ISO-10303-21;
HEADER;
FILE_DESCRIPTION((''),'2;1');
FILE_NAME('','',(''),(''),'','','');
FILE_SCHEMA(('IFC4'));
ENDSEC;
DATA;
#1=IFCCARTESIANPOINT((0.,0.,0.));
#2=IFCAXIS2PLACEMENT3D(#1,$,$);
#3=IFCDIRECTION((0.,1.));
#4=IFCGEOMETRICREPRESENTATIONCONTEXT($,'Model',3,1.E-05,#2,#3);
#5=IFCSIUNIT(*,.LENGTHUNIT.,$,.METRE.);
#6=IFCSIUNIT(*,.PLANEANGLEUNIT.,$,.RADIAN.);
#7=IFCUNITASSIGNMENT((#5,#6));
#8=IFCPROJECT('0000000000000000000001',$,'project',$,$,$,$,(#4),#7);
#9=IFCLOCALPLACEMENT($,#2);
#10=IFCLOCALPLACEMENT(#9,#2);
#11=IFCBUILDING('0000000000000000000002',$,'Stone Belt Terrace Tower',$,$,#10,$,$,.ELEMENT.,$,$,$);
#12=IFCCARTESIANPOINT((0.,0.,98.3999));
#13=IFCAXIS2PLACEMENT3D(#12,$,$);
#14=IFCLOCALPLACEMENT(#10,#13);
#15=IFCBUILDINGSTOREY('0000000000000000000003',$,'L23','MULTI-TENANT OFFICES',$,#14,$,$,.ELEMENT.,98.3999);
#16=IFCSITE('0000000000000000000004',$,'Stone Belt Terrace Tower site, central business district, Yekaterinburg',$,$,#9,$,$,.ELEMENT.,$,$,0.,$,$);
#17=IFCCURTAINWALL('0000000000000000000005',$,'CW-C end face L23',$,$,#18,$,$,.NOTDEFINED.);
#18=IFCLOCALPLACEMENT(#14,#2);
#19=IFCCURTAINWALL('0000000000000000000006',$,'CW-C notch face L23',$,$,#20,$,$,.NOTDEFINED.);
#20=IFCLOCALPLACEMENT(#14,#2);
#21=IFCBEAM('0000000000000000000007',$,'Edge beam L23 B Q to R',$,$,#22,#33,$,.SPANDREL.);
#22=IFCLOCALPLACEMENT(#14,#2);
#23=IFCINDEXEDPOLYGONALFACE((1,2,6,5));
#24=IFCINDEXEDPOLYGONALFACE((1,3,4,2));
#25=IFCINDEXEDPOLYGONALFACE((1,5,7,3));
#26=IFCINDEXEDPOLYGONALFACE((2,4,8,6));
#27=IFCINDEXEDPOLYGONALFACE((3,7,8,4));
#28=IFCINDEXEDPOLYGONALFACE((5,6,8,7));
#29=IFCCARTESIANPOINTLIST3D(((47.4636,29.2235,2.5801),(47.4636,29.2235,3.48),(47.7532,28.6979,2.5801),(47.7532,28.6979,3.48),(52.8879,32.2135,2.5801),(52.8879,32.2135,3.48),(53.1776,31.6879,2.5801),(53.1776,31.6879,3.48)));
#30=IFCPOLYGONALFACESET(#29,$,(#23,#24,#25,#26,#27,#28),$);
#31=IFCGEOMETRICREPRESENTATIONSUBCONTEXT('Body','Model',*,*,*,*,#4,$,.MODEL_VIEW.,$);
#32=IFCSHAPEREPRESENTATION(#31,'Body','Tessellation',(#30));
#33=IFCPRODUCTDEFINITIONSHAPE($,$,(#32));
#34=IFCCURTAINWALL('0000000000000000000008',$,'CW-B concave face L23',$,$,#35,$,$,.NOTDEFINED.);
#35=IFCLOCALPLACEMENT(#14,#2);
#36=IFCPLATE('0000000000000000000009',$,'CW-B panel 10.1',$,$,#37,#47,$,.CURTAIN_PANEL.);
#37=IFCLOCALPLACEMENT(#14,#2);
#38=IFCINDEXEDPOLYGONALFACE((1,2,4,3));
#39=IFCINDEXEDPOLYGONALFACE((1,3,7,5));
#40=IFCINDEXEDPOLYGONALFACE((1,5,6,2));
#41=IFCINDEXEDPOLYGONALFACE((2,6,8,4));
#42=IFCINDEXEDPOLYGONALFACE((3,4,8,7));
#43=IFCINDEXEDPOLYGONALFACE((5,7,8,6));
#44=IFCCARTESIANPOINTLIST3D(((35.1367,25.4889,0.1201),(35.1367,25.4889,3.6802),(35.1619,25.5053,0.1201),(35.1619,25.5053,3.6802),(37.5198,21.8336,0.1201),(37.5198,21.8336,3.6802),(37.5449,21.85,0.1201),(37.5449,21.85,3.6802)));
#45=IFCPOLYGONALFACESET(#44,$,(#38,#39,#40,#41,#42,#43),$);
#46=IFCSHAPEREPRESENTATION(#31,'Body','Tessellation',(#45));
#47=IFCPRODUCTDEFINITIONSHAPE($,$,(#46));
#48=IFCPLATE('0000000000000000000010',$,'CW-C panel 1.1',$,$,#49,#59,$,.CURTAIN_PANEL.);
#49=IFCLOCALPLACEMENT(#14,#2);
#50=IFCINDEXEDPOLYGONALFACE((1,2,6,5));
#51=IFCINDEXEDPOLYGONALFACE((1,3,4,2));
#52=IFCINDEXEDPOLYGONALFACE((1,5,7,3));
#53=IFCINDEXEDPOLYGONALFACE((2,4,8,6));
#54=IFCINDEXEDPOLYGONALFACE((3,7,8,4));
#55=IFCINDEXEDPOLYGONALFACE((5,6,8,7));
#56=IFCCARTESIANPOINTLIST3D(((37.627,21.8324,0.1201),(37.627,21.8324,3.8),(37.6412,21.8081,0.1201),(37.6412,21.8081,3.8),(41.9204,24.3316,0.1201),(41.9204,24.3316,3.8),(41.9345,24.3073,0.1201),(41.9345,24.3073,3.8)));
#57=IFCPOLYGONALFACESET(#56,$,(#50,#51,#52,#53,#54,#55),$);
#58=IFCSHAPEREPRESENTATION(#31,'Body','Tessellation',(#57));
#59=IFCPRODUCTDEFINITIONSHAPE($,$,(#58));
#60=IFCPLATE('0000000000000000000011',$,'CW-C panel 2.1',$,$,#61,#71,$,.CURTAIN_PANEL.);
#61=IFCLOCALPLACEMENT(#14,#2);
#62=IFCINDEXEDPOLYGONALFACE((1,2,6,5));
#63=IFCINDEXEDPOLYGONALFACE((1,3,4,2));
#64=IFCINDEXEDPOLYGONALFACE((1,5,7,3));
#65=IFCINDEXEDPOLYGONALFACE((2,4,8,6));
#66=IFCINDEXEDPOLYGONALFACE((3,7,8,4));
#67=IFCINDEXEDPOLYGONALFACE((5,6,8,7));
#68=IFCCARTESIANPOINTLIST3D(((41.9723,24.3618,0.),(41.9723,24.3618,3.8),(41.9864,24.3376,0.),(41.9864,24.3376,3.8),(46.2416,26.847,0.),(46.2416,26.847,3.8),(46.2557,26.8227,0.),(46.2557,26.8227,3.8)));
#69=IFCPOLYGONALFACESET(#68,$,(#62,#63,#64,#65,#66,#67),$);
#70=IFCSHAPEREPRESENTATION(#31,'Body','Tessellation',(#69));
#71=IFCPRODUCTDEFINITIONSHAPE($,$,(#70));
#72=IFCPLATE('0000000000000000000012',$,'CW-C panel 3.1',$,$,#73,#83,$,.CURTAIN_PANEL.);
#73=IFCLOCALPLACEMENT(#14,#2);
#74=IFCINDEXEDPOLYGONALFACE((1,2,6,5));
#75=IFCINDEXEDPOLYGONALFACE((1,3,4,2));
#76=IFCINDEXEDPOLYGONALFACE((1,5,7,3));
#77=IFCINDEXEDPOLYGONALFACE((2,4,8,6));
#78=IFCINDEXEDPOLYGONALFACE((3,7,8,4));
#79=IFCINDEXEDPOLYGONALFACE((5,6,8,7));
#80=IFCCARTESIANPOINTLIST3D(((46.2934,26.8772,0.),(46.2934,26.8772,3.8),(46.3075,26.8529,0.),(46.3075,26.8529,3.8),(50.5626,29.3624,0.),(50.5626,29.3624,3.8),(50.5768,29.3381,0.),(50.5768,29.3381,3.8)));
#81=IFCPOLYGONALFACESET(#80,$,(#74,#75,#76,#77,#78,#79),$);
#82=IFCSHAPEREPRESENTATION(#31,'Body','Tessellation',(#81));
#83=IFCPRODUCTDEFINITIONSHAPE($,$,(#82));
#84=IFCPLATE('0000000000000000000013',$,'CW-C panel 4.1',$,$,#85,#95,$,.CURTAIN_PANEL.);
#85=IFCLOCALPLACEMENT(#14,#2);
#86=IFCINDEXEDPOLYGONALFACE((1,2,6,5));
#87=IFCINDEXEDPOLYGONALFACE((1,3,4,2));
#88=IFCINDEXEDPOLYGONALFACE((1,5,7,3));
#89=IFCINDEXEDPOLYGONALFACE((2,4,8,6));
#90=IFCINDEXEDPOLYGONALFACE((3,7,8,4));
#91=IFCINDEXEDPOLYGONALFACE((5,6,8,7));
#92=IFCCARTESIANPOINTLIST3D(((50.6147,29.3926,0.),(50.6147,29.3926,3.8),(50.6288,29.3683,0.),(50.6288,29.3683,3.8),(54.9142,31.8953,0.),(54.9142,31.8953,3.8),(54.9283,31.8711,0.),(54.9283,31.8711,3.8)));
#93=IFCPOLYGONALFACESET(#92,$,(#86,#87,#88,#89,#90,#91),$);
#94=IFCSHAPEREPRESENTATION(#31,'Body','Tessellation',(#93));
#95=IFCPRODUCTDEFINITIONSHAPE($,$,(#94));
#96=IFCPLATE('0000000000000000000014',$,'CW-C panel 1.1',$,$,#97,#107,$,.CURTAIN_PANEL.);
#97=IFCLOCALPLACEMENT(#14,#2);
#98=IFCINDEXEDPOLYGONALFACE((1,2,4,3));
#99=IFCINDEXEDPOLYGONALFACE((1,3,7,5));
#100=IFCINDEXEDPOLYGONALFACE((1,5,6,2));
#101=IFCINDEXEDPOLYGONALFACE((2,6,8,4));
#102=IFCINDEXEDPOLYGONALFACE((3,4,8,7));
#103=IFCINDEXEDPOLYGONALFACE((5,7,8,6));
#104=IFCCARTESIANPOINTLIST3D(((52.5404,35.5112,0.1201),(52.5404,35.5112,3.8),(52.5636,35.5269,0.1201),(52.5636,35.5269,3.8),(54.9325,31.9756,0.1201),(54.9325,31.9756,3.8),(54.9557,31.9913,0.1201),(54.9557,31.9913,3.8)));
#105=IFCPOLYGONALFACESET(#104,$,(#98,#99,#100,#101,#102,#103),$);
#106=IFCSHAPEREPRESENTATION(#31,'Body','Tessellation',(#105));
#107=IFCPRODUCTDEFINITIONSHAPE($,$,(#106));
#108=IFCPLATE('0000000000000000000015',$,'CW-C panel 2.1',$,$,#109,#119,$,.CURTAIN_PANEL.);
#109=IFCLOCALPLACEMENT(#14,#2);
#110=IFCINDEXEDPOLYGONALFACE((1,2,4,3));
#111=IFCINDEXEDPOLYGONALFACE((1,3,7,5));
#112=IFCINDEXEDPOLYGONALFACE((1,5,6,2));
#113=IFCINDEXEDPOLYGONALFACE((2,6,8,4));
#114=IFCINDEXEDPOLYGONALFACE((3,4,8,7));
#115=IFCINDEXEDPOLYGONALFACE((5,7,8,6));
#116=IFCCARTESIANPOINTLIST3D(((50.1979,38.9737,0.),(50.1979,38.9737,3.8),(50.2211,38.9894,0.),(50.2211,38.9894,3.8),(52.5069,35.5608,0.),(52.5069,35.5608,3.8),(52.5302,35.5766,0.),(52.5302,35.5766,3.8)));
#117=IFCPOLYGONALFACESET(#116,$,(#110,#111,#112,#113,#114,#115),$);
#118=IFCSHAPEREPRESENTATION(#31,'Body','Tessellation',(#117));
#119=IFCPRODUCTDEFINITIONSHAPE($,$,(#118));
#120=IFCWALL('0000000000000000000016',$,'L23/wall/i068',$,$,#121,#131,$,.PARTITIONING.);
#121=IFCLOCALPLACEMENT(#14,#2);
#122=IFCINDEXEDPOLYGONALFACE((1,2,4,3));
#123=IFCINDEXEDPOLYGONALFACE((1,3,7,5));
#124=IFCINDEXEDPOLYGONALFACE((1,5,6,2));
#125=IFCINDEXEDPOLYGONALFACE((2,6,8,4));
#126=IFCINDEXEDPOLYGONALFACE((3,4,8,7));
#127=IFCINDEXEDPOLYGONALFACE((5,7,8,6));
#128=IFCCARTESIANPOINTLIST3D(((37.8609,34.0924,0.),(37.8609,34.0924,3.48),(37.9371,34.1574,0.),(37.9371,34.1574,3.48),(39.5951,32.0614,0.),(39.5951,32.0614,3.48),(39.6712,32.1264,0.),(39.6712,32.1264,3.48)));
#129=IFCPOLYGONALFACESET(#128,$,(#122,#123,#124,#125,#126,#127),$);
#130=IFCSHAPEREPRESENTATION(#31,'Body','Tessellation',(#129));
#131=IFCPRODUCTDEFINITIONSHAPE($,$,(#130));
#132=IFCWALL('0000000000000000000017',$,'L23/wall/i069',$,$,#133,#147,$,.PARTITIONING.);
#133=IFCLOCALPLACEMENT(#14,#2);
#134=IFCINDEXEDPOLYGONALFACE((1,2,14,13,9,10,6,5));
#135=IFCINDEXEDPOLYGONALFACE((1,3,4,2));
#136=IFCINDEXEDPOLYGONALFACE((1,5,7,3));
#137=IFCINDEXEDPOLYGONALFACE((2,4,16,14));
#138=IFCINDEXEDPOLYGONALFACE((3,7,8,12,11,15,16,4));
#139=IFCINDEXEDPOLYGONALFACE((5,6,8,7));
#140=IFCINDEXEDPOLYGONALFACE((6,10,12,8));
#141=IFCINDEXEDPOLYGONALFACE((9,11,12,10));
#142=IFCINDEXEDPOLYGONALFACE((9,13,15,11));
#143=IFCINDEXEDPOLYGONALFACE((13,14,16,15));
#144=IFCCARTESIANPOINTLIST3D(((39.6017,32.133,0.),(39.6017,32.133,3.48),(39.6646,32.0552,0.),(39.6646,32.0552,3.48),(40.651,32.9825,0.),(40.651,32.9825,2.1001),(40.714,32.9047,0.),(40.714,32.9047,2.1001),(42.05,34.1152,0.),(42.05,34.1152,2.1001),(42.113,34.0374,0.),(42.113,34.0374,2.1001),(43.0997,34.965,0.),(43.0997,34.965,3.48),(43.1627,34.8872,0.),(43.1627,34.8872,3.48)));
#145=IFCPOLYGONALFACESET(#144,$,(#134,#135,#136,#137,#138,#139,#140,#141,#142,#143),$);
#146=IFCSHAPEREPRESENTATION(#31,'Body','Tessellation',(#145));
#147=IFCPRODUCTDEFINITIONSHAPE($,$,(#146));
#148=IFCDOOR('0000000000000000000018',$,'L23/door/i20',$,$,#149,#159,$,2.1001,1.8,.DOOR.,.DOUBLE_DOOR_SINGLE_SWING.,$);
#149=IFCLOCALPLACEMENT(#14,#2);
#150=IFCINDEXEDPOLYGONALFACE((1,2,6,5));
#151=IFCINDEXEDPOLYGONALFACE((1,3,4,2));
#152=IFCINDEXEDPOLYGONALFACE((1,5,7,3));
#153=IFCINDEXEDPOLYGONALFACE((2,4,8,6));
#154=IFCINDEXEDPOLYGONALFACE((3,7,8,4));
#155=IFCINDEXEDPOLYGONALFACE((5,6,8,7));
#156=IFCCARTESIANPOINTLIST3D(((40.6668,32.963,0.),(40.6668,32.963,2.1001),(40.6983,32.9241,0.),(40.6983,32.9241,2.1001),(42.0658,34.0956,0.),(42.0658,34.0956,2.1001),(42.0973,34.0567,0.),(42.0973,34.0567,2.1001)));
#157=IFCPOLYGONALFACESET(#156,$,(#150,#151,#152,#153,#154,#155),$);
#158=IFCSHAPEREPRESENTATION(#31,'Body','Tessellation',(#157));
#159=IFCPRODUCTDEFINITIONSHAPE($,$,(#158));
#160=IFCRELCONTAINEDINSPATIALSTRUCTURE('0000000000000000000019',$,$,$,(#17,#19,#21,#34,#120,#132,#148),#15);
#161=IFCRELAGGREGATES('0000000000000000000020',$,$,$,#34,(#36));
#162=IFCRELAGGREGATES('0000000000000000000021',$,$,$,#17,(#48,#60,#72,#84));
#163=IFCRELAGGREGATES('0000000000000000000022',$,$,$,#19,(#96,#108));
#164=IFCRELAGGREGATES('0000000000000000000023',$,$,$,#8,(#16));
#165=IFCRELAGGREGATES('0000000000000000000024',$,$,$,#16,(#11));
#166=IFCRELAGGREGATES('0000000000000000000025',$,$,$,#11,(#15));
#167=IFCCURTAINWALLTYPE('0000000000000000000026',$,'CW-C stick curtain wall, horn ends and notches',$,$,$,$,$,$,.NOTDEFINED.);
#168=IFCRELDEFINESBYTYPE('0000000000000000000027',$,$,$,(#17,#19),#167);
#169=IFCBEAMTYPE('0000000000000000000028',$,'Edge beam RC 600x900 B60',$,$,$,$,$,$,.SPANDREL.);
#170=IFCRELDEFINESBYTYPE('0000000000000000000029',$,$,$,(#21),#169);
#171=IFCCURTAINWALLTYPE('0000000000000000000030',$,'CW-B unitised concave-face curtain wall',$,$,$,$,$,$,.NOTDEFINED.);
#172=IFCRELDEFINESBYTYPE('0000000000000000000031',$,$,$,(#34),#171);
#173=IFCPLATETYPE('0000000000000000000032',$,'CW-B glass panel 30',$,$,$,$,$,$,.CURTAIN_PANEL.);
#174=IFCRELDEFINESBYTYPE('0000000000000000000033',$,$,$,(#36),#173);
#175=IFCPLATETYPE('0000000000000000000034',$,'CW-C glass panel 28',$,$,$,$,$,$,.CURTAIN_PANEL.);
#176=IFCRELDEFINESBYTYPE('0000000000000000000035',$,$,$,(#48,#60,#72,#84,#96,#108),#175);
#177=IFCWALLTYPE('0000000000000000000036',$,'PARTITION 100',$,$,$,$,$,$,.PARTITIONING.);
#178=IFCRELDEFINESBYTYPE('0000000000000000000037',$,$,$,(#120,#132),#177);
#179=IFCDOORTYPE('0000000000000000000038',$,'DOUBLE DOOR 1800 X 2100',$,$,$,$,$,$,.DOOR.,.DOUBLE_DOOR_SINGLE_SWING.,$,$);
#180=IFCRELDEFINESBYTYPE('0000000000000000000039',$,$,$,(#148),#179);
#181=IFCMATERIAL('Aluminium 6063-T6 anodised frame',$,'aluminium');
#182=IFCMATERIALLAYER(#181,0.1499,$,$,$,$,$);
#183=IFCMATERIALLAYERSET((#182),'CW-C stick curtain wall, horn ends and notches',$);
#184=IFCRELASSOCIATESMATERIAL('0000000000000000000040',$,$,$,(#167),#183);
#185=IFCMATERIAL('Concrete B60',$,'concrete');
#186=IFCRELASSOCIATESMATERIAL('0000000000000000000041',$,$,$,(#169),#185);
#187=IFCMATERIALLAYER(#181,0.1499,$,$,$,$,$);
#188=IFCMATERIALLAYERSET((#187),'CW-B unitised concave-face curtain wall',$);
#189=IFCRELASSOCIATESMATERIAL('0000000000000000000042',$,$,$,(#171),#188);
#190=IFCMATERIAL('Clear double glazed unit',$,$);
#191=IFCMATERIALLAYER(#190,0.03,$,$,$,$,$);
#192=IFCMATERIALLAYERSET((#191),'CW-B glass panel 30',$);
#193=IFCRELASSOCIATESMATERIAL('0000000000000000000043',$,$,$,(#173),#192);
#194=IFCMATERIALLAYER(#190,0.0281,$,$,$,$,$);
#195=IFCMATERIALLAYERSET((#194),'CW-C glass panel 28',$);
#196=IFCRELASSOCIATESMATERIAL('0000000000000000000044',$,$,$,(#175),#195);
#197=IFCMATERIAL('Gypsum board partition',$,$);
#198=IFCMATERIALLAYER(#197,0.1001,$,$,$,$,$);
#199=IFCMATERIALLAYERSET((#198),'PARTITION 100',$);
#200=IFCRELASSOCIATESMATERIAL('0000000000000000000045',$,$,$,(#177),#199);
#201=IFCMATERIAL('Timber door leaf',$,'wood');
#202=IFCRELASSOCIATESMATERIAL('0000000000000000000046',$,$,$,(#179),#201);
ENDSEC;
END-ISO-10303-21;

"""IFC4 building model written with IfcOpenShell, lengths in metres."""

from ifc_helpers import new_model, si_unit, direction, frame, frame_2d, origin, origin_2d, place, context, subcontext, project, spatial, rectangle, extrude, material, layer, layer_set, material_profile, profile_set, type_object, element, fill, aggregate, save


model = new_model("IFC4")

# Units and contexts
model_context = context("Model", 3, precision=1e-05, world=origin(), true_north=direction((0.0, 1.0)))
body_context = subcontext(model_context, "Body", "Model", "MODEL_VIEW")
ifc_project = project(units=[si_unit("LENGTHUNIT", "METRE"), si_unit("PLANEANGLEUNIT", "RADIAN")], contexts=[model_context])

# Site, building, storey
site_placement = place(None, origin())
site = spatial("IfcSite", under=ifc_project, at=site_placement, Name="Stone Belt Terrace Tower site, central business district, Yekaterinburg", CompositionType="ELEMENT", RefElevation=0.0)
building_placement = place(site_placement, origin())
building = spatial("IfcBuilding", under=site, at=building_placement, Name="Stone Belt Terrace Tower", CompositionType="ELEMENT")
storey_placement = place(building_placement, frame((0.0, 0.0, 98.3999)))
storey = spatial("IfcBuildingStorey", under=building, at=storey_placement, Name="L23", Description="MULTI-TENANT OFFICES", CompositionType="ELEMENT", Elevation=98.3999)

# Curtain walls
ifc_material_1 = material(Name="Aluminium 6063-T6 anodised frame", Category="aluminium")
ifc_layer_1 = layer(ifc_material_1, 0.1499)
ifc_layer_set_1 = layer_set([ifc_layer_1], Name="CW-C stick curtain wall, horn ends and notches")
curtain_wall_type_1 = type_object("IfcCurtainWallType", Name="CW-C stick curtain wall, horn ends and notches", PredefinedType="NOTDEFINED", material=ifc_layer_set_1)
curtain_wall_1_placement = place(storey_placement, origin())
curtain_wall_1 = element("IfcCurtainWall", 1, at=curtain_wall_1_placement, inside=storey, type_object=curtain_wall_type_1, Name="CW-C end face L23", PredefinedType="NOTDEFINED")
curtain_wall_2_placement = place(storey_placement, origin())
curtain_wall_2 = element("IfcCurtainWall", 2, at=curtain_wall_2_placement, inside=storey, type_object=curtain_wall_type_1, Name="CW-C notch face L23", PredefinedType="NOTDEFINED")

# Beam
ifc_material_2 = material(Name="Concrete B60", Category="concrete")
ifc_material_profile_1 = material_profile(ifc_material_2, rectangle(XDim=0.6001, YDim=0.8999, at=origin_2d()), Name="RC 600x900")
ifc_profile_set_1 = profile_set([ifc_material_profile_1], Name="Concrete B60")
beam_type = type_object("IfcBeamType", Name="Edge beam RC 600x900 B60", PredefinedType="SPANDREL", material=ifc_profile_set_1)
beam_1_placement = place(storey_placement, frame((47.6084, 28.9607, 3.03), z_axis=(0.875764, 0.482739, 0.0), x_axis=(-0.482739, 0.875764, 0.0)))
element("IfcBeam", 3, at=beam_1_placement, inside=storey, type_object=beam_type, Name="Edge beam L23 B Q to R", PredefinedType="SPANDREL", context=body_context, shape_type="SweptSolid", body=[
    extrude(rectangle(XDim=0.6001, YDim=0.8999, at=origin_2d()), origin(), (0.0, 0.0, 1.0), 6.1938),
])

# Curtain wall, plate
ifc_layer_2 = layer(ifc_material_1, 0.1499)
ifc_layer_set_2 = layer_set([ifc_layer_2], Name="CW-B unitised concave-face curtain wall")
curtain_wall_type_2 = type_object("IfcCurtainWallType", Name="CW-B unitised concave-face curtain wall", PredefinedType="NOTDEFINED", material=ifc_layer_set_2)
curtain_wall_3_placement = place(storey_placement, origin())
curtain_wall_3 = element("IfcCurtainWall", 4, at=curtain_wall_3_placement, inside=storey, type_object=curtain_wall_type_2, Name="CW-B concave face L23", PredefinedType="NOTDEFINED")
ifc_material_3 = material(Name="Clear double glazed unit")
ifc_layer_3 = layer(ifc_material_3, 0.03)
ifc_layer_set_3 = layer_set([ifc_layer_3], Name="CW-B glass panel 30")
plate_type_1 = type_object("IfcPlateType", Name="CW-B glass panel 30", PredefinedType="CURTAIN_PANEL", material=ifc_layer_set_3)
plate_1_placement = place(storey_placement, frame((36.3408, 23.6694, 0.1201), z_axis=(0.0, 0.0, 1.0), x_axis=(0.546132, -0.837699, 0.0)))
plate_1 = element("IfcPlate", 5, at=plate_1_placement, type_object=plate_type_1, Name="CW-B panel 10.1", PredefinedType="CURTAIN_PANEL", context=body_context, shape_type="SweptSolid", body=[
    extrude(rectangle(XDim=4.3635, YDim=0.03, at=origin_2d()), origin(), (0.0, 0.0, 1.0), 3.5601),
])
aggregate(curtain_wall_3, [plate_1])

# Plates
ifc_layer_4 = layer(ifc_material_3, 0.0281)
ifc_layer_set_4 = layer_set([ifc_layer_4], Name="CW-C glass panel 28")
plate_type_2 = type_object("IfcPlateType", Name="CW-C glass panel 28", PredefinedType="CURTAIN_PANEL", material=ifc_layer_set_4)
plate_2_placement = place(storey_placement, frame((39.7808, 23.0698, 0.1201), z_axis=(0.0, 0.0, 1.0), x_axis=(0.864239, 0.503081, 0.0)))
plate_2 = element("IfcPlate", 6, at=plate_2_placement, type_object=plate_type_2, Name="CW-C panel 1.1", PredefinedType="CURTAIN_PANEL", context=body_context, shape_type="SweptSolid", body=[
    extrude(rectangle(XDim=4.9678, YDim=0.0281, at=origin_2d()), origin(), (0.0, 0.0, 1.0), 3.6799),
])
plate_3_placement = place(storey_placement, frame((44.114, 25.5923, 0.0), z_axis=(0.0, 0.0, 1.0), x_axis=(0.864239, 0.503081, 0.0)))
plate_3 = element("IfcPlate", 7, at=plate_3_placement, type_object=plate_type_2, Name="CW-C panel 2.1", PredefinedType="CURTAIN_PANEL", context=body_context, shape_type="SweptSolid", body=[
    extrude(rectangle(XDim=4.9399, YDim=0.0281, at=origin_2d()), origin(), (0.0, 0.0, 1.0), 3.8),
])
plate_4_placement = place(storey_placement, frame((48.4351, 28.1077, 0.0), z_axis=(0.0, 0.0, 1.0), x_axis=(0.864239, 0.503081, 0.0)))
plate_4 = element("IfcPlate", 8, at=plate_4_placement, type_object=plate_type_2, Name="CW-C panel 3.1", PredefinedType="CURTAIN_PANEL", context=body_context, shape_type="SweptSolid", body=[
    extrude(rectangle(XDim=4.9399, YDim=0.0281, at=origin_2d()), origin(), (0.0, 0.0, 1.0), 3.8),
])
plate_5_placement = place(storey_placement, frame((52.7715, 30.6318, 0.0), z_axis=(0.0, 0.0, 1.0), x_axis=(0.864239, 0.503081, 0.0)))
plate_5 = element("IfcPlate", 9, at=plate_5_placement, type_object=plate_type_2, Name="CW-C panel 4.1", PredefinedType="CURTAIN_PANEL", context=body_context, shape_type="SweptSolid", body=[
    extrude(rectangle(XDim=4.9749, YDim=0.0281, at=origin_2d()), origin(), (0.0, 0.0, 1.0), 3.8),
])
aggregate(curtain_wall_1, [plate_2, plate_3, plate_4, plate_5])
plate_6_placement = place(storey_placement, frame((53.748, 33.7512, 0.1201), z_axis=(0.0, 0.0, 1.0), x_axis=(-0.560367, 0.828244, 0.0)))
plate_6 = element("IfcPlate", 10, at=plate_6_placement, type_object=plate_type_2, Name="CW-C panel 1.1", PredefinedType="CURTAIN_PANEL", context=body_context, shape_type="SweptSolid", body=[
    extrude(rectangle(XDim=4.2688, YDim=0.0281, at=origin_2d()), origin(), (0.0, 0.0, 1.0), 3.6799),
])
plate_7_placement = place(storey_placement, frame((51.364, 37.2751, 0.0), z_axis=(0.0, 0.0, 1.0), x_axis=(-0.560367, 0.828244, 0.0)))
plate_7 = element("IfcPlate", 11, at=plate_7_placement, type_object=plate_type_2, Name="CW-C panel 2.1", PredefinedType="CURTAIN_PANEL", context=body_context, shape_type="SweptSolid", body=[
    extrude(rectangle(XDim=4.1206, YDim=0.0281, at=origin_2d()), origin(), (0.0, 0.0, 1.0), 3.8),
])
aggregate(curtain_wall_2, [plate_6, plate_7])

# Wall
ifc_material_4 = material(Name="Gypsum board partition")
ifc_layer_5 = layer(ifc_material_4, 0.1001)
ifc_layer_set_5 = layer_set([ifc_layer_5], Name="PARTITION 100")
wall_type_1 = type_object("IfcWallType", Name="PARTITION 100", PredefinedType="PARTITIONING", material=ifc_layer_set_5)
wall_1_placement = place(storey_placement, frame((37.8989, 34.125, 0.0), z_axis=(0.0, 0.0, 1.0), x_axis=(0.649337, -0.760501, 0.0)))
element("IfcWall", 12, at=wall_1_placement, inside=storey, type_object=wall_type_1, Name="L23/wall/i068", PredefinedType="PARTITIONING", context=body_context, shape_type="SweptSolid", body=[
    extrude(rectangle(XDim=2.6707, YDim=0.1001, at=frame_2d((1.3354, 0.0))), origin(), (0.0, 0.0, 1.0), 3.48),
])

# Wall, opening, door
wall_2_placement = place(storey_placement, frame((39.6331, 32.094, 0.0), z_axis=(0.0, 0.0, 1.0), x_axis=(0.777215, 0.629236, 0.0)))
wall_2 = element("IfcWall", 13, at=wall_2_placement, inside=storey, type_object=wall_type_1, Name="L23/wall/i069", PredefinedType="PARTITIONING", context=body_context, shape_type="SweptSolid", body=[
    extrude(rectangle(XDim=4.5007, YDim=0.1001, at=frame_2d((2.2505, 0.0))), origin(), (0.0, 0.0, 1.0), 3.48),
])
opening_1_placement = place(wall_2_placement, frame((1.3503, 0.0, 0.0)))
opening_1 = element("IfcOpeningElement", 14, at=opening_1_placement, cuts=wall_2, PredefinedType="OPENING", context=body_context, shape_type="SweptSolid", body=[
    extrude(rectangle(XDim=1.8, YDim=2.1001, at=frame_2d((0.8999, 1.05))), frame((0.0, 0.0601, 0.0), z_axis=(0.0, -1.0, 0.0), x_axis=(1.0, 0.0, 0.0)), (0.0, 0.0, 1.0), 0.1201),
])
ifc_material_5 = material(Name="Timber door leaf", Category="wood")
door_type_1 = type_object("IfcDoorType", Name="DOUBLE DOOR 1800 X 2100", OperationType="DOUBLE_DOOR_SINGLE_SWING", PredefinedType="DOOR", material=ifc_material_5)
door_1_placement = place(opening_1_placement, origin())
door_1 = element("IfcDoor", 15, at=door_1_placement, inside=storey, type_object=door_type_1, Name="L23/door/i20", OperationType="DOUBLE_DOOR_SINGLE_SWING", OverallHeight=2.1001, OverallWidth=1.8, PredefinedType="DOOR", context=body_context, shape_type="SweptSolid", body=[
    extrude(rectangle(XDim=1.8, YDim=2.1001, at=frame_2d((0.8999, 1.05))), frame((0.0, 0.0249, 0.0), z_axis=(0.0, -1.0, 0.0), x_axis=(1.0, 0.0, 0.0)), (0.0, 0.0, 1.0), 0.05),
])
fill(opening_1, door_1)

save(model, "model.ifc")
